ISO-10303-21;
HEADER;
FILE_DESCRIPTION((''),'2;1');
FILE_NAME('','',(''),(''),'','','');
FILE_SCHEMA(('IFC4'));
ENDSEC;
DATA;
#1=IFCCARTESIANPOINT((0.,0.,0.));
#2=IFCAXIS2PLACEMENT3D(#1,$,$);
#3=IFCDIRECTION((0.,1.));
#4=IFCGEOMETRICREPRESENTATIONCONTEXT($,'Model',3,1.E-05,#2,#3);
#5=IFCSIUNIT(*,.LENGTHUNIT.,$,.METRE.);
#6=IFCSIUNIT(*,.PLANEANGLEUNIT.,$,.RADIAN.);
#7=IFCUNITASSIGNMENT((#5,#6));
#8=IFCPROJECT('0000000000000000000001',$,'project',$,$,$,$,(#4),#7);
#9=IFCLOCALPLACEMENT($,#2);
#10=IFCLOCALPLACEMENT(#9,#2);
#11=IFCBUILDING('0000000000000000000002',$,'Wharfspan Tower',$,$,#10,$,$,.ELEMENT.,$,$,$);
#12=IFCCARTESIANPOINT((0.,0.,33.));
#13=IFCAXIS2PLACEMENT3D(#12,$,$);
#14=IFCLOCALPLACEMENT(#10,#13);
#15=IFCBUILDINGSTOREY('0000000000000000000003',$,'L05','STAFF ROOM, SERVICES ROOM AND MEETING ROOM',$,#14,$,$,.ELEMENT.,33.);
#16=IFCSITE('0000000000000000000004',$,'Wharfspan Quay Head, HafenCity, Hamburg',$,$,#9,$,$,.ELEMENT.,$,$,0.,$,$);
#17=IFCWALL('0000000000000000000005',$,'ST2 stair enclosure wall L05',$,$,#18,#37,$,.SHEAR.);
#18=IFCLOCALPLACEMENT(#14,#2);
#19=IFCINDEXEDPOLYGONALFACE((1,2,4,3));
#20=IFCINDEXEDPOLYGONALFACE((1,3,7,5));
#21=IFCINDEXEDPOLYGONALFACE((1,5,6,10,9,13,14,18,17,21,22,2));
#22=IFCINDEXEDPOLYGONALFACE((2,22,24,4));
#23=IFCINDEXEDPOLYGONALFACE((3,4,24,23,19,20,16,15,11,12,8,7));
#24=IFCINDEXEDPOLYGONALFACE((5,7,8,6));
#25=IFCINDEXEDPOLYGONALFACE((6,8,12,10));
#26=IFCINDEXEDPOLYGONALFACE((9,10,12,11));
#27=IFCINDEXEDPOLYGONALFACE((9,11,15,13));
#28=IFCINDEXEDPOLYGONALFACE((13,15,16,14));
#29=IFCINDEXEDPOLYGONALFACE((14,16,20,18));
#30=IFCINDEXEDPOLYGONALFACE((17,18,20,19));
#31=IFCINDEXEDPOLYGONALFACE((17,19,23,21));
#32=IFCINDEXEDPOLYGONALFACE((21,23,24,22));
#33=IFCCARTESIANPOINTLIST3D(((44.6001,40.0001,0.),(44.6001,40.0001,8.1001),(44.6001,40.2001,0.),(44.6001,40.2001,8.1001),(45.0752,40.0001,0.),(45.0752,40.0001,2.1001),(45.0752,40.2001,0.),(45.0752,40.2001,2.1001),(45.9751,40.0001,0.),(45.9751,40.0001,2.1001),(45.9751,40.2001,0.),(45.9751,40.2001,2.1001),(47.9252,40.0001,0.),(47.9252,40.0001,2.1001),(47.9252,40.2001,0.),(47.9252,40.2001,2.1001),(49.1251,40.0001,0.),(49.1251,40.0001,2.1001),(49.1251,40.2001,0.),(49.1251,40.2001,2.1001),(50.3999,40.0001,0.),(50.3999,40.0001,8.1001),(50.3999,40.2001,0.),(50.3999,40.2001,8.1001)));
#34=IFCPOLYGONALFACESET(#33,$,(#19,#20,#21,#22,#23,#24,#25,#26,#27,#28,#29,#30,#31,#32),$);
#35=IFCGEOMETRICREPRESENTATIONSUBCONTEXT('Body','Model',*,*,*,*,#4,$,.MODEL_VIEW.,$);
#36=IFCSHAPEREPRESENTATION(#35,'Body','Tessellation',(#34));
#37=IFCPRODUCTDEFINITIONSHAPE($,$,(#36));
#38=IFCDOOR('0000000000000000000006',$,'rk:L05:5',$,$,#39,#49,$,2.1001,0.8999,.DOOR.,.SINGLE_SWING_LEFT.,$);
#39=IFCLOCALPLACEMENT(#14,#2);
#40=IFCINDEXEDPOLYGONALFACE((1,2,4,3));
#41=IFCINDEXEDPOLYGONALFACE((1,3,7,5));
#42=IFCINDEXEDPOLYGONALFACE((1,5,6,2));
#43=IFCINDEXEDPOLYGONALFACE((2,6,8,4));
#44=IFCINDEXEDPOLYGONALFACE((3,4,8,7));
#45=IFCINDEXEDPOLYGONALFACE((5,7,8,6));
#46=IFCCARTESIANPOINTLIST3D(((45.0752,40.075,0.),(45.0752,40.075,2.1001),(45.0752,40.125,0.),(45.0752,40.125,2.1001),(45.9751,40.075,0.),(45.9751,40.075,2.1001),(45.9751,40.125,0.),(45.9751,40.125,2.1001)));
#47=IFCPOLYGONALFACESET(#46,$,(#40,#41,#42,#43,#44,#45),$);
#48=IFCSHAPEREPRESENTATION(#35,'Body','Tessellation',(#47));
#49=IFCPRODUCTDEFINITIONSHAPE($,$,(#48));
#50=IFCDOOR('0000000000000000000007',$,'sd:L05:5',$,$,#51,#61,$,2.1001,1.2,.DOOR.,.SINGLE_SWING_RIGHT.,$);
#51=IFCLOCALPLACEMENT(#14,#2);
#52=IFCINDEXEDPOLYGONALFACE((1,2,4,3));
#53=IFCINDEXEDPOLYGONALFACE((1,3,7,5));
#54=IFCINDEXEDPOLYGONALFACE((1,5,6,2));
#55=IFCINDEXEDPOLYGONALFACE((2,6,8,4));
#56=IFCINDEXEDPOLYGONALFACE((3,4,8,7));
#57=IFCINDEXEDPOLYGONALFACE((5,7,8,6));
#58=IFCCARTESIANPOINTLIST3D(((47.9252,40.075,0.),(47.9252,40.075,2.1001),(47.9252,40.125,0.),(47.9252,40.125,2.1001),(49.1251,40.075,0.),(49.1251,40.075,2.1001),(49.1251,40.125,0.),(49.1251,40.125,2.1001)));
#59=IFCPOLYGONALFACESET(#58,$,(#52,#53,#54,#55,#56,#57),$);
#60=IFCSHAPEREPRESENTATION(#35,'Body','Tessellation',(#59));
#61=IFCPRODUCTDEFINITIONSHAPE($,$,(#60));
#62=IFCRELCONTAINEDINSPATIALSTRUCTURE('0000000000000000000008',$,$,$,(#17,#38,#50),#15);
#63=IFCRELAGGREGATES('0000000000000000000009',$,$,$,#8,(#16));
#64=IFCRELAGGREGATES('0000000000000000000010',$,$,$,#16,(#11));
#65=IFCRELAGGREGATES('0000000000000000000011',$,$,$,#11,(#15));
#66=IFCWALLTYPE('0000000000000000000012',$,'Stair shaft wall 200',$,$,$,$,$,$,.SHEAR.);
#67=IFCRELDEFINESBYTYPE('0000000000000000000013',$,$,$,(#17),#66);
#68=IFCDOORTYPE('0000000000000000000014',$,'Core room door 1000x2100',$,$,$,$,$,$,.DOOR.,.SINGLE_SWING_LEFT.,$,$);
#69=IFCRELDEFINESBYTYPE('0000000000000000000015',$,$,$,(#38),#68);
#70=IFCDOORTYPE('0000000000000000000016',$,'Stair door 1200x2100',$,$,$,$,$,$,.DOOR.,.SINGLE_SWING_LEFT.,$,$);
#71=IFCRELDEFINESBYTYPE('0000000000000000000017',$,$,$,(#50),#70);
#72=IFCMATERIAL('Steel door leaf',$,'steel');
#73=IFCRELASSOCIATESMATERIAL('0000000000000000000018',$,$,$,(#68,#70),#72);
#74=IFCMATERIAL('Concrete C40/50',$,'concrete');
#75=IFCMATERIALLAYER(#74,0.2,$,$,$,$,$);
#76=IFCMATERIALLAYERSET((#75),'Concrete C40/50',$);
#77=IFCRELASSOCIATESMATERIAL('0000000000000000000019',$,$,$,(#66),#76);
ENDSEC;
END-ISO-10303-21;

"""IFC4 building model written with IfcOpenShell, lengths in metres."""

from ifc_helpers import new_model, si_unit, direction, frame, frame_2d, origin, place, context, subcontext, project, spatial, rectangle, extrude, material, layer, layer_set, type_object, element, fill, save


model = new_model("IFC4")

# Units and contexts
model_context = context("Model", 3, precision=1e-05, world=origin(), true_north=direction((0.0, 1.0)))
body_context = subcontext(model_context, "Body", "Model", "MODEL_VIEW")
ifc_project = project(units=[si_unit("LENGTHUNIT", "METRE"), si_unit("PLANEANGLEUNIT", "RADIAN")], contexts=[model_context])

# Site, building, storey
site_placement = place(None, origin())
site = spatial("IfcSite", under=ifc_project, at=site_placement, Name="Wharfspan Quay Head, HafenCity, Hamburg", CompositionType="ELEMENT", RefElevation=0.0)
building_placement = place(site_placement, origin())
building = spatial("IfcBuilding", under=site, at=building_placement, Name="Wharfspan Tower", CompositionType="ELEMENT")
storey_placement = place(building_placement, frame((0.0, 0.0, 33.0)))
storey = spatial("IfcBuildingStorey", under=building, at=storey_placement, Name="L05", Description="STAFF ROOM, SERVICES ROOM AND MEETING ROOM", CompositionType="ELEMENT", Elevation=33.0)

# Shared definitions
ifc_material_1 = material(Name="Steel door leaf", Category="steel")
door_type_1 = type_object("IfcDoorType", Name="Core room door 1000x2100", OperationType="SINGLE_SWING_LEFT", PredefinedType="DOOR", material=ifc_material_1)

# Wall, openings, doors
ifc_material_2 = material(Name="Concrete C40/50", Category="concrete")
ifc_layer_1 = layer(ifc_material_2, 0.2)
ifc_layer_set_1 = layer_set([ifc_layer_1], Name="Concrete C40/50")
wall_type_1 = type_object("IfcWallType", Name="Stair shaft wall 200", PredefinedType="SHEAR", material=ifc_layer_set_1)
wall_1_placement = place(storey_placement, frame((44.6001, 40.1001, 0.0), z_axis=(0.0, 0.0, 1.0), x_axis=(1.0, 0.0, 0.0)))
wall_1 = element("IfcWall", 1, at=wall_1_placement, inside=storey, type_object=wall_type_1, Name="ST2 stair enclosure wall L05", PredefinedType="SHEAR", context=body_context, shape_type="SweptSolid", body=[
    extrude(rectangle(XDim=5.7998, YDim=0.2, at=frame_2d((2.8999, 0.0))), origin(), (0.0, 0.0, 1.0), 8.1001),
])
opening_1_placement = place(wall_1_placement, frame((3.325, 0.0, 0.0)))
opening_1 = element("IfcOpeningElement", 2, at=opening_1_placement, cuts=wall_1, PredefinedType="OPENING", context=body_context, shape_type="SweptSolid", body=[
    extrude(rectangle(XDim=1.2, YDim=2.1001, at=frame_2d((0.6001, 1.05))), frame((0.0, 0.1099, 0.0), z_axis=(0.0, -1.0, 0.0), x_axis=(1.0, 0.0, 0.0)), (0.0, 0.0, 1.0), 0.22),
])
opening_2_placement = place(wall_1_placement, frame((0.4751, 0.0, 0.0)))
opening_2 = element("IfcOpeningElement", 3, at=opening_2_placement, cuts=wall_1, PredefinedType="OPENING", context=body_context, shape_type="SweptSolid", body=[
    extrude(rectangle(XDim=0.8999, YDim=2.1001, at=frame_2d((0.45, 1.05))), frame((0.0, 0.1099, 0.0), z_axis=(0.0, -1.0, 0.0), x_axis=(1.0, 0.0, 0.0)), (0.0, 0.0, 1.0), 0.22),
])
door_1_placement = place(opening_2_placement, origin())
door_1 = element("IfcDoor", 4, at=door_1_placement, inside=storey, type_object=door_type_1, Name="rk:L05:5", OperationType="SINGLE_SWING_LEFT", OverallHeight=2.1001, OverallWidth=0.8999, PredefinedType="DOOR", context=body_context, shape_type="SweptSolid", body=[
    extrude(rectangle(XDim=0.8999, YDim=2.1001, at=frame_2d((0.45, 1.05))), frame((0.0, 0.0249, 0.0), z_axis=(0.0, -1.0, 0.0), x_axis=(1.0, 0.0, 0.0)), (0.0, 0.0, 1.0), 0.05),
])
fill(opening_2, door_1)
door_type_2 = type_object("IfcDoorType", Name="Stair door 1200x2100", OperationType="SINGLE_SWING_LEFT", PredefinedType="DOOR", material=ifc_material_1)
door_2_placement = place(opening_1_placement, origin())
door_2 = element("IfcDoor", 5, at=door_2_placement, inside=storey, type_object=door_type_2, Name="sd:L05:5", OperationType="SINGLE_SWING_RIGHT", OverallHeight=2.1001, OverallWidth=1.2, PredefinedType="DOOR", context=body_context, shape_type="SweptSolid", body=[
    extrude(rectangle(XDim=1.2, YDim=2.1001, at=frame_2d((0.6001, 1.05))), frame((0.0, 0.0249, 0.0), z_axis=(0.0, -1.0, 0.0), x_axis=(1.0, 0.0, 0.0)), (0.0, 0.0, 1.0), 0.05),
])
fill(opening_1, door_2)

save(model, "model.ifc")
